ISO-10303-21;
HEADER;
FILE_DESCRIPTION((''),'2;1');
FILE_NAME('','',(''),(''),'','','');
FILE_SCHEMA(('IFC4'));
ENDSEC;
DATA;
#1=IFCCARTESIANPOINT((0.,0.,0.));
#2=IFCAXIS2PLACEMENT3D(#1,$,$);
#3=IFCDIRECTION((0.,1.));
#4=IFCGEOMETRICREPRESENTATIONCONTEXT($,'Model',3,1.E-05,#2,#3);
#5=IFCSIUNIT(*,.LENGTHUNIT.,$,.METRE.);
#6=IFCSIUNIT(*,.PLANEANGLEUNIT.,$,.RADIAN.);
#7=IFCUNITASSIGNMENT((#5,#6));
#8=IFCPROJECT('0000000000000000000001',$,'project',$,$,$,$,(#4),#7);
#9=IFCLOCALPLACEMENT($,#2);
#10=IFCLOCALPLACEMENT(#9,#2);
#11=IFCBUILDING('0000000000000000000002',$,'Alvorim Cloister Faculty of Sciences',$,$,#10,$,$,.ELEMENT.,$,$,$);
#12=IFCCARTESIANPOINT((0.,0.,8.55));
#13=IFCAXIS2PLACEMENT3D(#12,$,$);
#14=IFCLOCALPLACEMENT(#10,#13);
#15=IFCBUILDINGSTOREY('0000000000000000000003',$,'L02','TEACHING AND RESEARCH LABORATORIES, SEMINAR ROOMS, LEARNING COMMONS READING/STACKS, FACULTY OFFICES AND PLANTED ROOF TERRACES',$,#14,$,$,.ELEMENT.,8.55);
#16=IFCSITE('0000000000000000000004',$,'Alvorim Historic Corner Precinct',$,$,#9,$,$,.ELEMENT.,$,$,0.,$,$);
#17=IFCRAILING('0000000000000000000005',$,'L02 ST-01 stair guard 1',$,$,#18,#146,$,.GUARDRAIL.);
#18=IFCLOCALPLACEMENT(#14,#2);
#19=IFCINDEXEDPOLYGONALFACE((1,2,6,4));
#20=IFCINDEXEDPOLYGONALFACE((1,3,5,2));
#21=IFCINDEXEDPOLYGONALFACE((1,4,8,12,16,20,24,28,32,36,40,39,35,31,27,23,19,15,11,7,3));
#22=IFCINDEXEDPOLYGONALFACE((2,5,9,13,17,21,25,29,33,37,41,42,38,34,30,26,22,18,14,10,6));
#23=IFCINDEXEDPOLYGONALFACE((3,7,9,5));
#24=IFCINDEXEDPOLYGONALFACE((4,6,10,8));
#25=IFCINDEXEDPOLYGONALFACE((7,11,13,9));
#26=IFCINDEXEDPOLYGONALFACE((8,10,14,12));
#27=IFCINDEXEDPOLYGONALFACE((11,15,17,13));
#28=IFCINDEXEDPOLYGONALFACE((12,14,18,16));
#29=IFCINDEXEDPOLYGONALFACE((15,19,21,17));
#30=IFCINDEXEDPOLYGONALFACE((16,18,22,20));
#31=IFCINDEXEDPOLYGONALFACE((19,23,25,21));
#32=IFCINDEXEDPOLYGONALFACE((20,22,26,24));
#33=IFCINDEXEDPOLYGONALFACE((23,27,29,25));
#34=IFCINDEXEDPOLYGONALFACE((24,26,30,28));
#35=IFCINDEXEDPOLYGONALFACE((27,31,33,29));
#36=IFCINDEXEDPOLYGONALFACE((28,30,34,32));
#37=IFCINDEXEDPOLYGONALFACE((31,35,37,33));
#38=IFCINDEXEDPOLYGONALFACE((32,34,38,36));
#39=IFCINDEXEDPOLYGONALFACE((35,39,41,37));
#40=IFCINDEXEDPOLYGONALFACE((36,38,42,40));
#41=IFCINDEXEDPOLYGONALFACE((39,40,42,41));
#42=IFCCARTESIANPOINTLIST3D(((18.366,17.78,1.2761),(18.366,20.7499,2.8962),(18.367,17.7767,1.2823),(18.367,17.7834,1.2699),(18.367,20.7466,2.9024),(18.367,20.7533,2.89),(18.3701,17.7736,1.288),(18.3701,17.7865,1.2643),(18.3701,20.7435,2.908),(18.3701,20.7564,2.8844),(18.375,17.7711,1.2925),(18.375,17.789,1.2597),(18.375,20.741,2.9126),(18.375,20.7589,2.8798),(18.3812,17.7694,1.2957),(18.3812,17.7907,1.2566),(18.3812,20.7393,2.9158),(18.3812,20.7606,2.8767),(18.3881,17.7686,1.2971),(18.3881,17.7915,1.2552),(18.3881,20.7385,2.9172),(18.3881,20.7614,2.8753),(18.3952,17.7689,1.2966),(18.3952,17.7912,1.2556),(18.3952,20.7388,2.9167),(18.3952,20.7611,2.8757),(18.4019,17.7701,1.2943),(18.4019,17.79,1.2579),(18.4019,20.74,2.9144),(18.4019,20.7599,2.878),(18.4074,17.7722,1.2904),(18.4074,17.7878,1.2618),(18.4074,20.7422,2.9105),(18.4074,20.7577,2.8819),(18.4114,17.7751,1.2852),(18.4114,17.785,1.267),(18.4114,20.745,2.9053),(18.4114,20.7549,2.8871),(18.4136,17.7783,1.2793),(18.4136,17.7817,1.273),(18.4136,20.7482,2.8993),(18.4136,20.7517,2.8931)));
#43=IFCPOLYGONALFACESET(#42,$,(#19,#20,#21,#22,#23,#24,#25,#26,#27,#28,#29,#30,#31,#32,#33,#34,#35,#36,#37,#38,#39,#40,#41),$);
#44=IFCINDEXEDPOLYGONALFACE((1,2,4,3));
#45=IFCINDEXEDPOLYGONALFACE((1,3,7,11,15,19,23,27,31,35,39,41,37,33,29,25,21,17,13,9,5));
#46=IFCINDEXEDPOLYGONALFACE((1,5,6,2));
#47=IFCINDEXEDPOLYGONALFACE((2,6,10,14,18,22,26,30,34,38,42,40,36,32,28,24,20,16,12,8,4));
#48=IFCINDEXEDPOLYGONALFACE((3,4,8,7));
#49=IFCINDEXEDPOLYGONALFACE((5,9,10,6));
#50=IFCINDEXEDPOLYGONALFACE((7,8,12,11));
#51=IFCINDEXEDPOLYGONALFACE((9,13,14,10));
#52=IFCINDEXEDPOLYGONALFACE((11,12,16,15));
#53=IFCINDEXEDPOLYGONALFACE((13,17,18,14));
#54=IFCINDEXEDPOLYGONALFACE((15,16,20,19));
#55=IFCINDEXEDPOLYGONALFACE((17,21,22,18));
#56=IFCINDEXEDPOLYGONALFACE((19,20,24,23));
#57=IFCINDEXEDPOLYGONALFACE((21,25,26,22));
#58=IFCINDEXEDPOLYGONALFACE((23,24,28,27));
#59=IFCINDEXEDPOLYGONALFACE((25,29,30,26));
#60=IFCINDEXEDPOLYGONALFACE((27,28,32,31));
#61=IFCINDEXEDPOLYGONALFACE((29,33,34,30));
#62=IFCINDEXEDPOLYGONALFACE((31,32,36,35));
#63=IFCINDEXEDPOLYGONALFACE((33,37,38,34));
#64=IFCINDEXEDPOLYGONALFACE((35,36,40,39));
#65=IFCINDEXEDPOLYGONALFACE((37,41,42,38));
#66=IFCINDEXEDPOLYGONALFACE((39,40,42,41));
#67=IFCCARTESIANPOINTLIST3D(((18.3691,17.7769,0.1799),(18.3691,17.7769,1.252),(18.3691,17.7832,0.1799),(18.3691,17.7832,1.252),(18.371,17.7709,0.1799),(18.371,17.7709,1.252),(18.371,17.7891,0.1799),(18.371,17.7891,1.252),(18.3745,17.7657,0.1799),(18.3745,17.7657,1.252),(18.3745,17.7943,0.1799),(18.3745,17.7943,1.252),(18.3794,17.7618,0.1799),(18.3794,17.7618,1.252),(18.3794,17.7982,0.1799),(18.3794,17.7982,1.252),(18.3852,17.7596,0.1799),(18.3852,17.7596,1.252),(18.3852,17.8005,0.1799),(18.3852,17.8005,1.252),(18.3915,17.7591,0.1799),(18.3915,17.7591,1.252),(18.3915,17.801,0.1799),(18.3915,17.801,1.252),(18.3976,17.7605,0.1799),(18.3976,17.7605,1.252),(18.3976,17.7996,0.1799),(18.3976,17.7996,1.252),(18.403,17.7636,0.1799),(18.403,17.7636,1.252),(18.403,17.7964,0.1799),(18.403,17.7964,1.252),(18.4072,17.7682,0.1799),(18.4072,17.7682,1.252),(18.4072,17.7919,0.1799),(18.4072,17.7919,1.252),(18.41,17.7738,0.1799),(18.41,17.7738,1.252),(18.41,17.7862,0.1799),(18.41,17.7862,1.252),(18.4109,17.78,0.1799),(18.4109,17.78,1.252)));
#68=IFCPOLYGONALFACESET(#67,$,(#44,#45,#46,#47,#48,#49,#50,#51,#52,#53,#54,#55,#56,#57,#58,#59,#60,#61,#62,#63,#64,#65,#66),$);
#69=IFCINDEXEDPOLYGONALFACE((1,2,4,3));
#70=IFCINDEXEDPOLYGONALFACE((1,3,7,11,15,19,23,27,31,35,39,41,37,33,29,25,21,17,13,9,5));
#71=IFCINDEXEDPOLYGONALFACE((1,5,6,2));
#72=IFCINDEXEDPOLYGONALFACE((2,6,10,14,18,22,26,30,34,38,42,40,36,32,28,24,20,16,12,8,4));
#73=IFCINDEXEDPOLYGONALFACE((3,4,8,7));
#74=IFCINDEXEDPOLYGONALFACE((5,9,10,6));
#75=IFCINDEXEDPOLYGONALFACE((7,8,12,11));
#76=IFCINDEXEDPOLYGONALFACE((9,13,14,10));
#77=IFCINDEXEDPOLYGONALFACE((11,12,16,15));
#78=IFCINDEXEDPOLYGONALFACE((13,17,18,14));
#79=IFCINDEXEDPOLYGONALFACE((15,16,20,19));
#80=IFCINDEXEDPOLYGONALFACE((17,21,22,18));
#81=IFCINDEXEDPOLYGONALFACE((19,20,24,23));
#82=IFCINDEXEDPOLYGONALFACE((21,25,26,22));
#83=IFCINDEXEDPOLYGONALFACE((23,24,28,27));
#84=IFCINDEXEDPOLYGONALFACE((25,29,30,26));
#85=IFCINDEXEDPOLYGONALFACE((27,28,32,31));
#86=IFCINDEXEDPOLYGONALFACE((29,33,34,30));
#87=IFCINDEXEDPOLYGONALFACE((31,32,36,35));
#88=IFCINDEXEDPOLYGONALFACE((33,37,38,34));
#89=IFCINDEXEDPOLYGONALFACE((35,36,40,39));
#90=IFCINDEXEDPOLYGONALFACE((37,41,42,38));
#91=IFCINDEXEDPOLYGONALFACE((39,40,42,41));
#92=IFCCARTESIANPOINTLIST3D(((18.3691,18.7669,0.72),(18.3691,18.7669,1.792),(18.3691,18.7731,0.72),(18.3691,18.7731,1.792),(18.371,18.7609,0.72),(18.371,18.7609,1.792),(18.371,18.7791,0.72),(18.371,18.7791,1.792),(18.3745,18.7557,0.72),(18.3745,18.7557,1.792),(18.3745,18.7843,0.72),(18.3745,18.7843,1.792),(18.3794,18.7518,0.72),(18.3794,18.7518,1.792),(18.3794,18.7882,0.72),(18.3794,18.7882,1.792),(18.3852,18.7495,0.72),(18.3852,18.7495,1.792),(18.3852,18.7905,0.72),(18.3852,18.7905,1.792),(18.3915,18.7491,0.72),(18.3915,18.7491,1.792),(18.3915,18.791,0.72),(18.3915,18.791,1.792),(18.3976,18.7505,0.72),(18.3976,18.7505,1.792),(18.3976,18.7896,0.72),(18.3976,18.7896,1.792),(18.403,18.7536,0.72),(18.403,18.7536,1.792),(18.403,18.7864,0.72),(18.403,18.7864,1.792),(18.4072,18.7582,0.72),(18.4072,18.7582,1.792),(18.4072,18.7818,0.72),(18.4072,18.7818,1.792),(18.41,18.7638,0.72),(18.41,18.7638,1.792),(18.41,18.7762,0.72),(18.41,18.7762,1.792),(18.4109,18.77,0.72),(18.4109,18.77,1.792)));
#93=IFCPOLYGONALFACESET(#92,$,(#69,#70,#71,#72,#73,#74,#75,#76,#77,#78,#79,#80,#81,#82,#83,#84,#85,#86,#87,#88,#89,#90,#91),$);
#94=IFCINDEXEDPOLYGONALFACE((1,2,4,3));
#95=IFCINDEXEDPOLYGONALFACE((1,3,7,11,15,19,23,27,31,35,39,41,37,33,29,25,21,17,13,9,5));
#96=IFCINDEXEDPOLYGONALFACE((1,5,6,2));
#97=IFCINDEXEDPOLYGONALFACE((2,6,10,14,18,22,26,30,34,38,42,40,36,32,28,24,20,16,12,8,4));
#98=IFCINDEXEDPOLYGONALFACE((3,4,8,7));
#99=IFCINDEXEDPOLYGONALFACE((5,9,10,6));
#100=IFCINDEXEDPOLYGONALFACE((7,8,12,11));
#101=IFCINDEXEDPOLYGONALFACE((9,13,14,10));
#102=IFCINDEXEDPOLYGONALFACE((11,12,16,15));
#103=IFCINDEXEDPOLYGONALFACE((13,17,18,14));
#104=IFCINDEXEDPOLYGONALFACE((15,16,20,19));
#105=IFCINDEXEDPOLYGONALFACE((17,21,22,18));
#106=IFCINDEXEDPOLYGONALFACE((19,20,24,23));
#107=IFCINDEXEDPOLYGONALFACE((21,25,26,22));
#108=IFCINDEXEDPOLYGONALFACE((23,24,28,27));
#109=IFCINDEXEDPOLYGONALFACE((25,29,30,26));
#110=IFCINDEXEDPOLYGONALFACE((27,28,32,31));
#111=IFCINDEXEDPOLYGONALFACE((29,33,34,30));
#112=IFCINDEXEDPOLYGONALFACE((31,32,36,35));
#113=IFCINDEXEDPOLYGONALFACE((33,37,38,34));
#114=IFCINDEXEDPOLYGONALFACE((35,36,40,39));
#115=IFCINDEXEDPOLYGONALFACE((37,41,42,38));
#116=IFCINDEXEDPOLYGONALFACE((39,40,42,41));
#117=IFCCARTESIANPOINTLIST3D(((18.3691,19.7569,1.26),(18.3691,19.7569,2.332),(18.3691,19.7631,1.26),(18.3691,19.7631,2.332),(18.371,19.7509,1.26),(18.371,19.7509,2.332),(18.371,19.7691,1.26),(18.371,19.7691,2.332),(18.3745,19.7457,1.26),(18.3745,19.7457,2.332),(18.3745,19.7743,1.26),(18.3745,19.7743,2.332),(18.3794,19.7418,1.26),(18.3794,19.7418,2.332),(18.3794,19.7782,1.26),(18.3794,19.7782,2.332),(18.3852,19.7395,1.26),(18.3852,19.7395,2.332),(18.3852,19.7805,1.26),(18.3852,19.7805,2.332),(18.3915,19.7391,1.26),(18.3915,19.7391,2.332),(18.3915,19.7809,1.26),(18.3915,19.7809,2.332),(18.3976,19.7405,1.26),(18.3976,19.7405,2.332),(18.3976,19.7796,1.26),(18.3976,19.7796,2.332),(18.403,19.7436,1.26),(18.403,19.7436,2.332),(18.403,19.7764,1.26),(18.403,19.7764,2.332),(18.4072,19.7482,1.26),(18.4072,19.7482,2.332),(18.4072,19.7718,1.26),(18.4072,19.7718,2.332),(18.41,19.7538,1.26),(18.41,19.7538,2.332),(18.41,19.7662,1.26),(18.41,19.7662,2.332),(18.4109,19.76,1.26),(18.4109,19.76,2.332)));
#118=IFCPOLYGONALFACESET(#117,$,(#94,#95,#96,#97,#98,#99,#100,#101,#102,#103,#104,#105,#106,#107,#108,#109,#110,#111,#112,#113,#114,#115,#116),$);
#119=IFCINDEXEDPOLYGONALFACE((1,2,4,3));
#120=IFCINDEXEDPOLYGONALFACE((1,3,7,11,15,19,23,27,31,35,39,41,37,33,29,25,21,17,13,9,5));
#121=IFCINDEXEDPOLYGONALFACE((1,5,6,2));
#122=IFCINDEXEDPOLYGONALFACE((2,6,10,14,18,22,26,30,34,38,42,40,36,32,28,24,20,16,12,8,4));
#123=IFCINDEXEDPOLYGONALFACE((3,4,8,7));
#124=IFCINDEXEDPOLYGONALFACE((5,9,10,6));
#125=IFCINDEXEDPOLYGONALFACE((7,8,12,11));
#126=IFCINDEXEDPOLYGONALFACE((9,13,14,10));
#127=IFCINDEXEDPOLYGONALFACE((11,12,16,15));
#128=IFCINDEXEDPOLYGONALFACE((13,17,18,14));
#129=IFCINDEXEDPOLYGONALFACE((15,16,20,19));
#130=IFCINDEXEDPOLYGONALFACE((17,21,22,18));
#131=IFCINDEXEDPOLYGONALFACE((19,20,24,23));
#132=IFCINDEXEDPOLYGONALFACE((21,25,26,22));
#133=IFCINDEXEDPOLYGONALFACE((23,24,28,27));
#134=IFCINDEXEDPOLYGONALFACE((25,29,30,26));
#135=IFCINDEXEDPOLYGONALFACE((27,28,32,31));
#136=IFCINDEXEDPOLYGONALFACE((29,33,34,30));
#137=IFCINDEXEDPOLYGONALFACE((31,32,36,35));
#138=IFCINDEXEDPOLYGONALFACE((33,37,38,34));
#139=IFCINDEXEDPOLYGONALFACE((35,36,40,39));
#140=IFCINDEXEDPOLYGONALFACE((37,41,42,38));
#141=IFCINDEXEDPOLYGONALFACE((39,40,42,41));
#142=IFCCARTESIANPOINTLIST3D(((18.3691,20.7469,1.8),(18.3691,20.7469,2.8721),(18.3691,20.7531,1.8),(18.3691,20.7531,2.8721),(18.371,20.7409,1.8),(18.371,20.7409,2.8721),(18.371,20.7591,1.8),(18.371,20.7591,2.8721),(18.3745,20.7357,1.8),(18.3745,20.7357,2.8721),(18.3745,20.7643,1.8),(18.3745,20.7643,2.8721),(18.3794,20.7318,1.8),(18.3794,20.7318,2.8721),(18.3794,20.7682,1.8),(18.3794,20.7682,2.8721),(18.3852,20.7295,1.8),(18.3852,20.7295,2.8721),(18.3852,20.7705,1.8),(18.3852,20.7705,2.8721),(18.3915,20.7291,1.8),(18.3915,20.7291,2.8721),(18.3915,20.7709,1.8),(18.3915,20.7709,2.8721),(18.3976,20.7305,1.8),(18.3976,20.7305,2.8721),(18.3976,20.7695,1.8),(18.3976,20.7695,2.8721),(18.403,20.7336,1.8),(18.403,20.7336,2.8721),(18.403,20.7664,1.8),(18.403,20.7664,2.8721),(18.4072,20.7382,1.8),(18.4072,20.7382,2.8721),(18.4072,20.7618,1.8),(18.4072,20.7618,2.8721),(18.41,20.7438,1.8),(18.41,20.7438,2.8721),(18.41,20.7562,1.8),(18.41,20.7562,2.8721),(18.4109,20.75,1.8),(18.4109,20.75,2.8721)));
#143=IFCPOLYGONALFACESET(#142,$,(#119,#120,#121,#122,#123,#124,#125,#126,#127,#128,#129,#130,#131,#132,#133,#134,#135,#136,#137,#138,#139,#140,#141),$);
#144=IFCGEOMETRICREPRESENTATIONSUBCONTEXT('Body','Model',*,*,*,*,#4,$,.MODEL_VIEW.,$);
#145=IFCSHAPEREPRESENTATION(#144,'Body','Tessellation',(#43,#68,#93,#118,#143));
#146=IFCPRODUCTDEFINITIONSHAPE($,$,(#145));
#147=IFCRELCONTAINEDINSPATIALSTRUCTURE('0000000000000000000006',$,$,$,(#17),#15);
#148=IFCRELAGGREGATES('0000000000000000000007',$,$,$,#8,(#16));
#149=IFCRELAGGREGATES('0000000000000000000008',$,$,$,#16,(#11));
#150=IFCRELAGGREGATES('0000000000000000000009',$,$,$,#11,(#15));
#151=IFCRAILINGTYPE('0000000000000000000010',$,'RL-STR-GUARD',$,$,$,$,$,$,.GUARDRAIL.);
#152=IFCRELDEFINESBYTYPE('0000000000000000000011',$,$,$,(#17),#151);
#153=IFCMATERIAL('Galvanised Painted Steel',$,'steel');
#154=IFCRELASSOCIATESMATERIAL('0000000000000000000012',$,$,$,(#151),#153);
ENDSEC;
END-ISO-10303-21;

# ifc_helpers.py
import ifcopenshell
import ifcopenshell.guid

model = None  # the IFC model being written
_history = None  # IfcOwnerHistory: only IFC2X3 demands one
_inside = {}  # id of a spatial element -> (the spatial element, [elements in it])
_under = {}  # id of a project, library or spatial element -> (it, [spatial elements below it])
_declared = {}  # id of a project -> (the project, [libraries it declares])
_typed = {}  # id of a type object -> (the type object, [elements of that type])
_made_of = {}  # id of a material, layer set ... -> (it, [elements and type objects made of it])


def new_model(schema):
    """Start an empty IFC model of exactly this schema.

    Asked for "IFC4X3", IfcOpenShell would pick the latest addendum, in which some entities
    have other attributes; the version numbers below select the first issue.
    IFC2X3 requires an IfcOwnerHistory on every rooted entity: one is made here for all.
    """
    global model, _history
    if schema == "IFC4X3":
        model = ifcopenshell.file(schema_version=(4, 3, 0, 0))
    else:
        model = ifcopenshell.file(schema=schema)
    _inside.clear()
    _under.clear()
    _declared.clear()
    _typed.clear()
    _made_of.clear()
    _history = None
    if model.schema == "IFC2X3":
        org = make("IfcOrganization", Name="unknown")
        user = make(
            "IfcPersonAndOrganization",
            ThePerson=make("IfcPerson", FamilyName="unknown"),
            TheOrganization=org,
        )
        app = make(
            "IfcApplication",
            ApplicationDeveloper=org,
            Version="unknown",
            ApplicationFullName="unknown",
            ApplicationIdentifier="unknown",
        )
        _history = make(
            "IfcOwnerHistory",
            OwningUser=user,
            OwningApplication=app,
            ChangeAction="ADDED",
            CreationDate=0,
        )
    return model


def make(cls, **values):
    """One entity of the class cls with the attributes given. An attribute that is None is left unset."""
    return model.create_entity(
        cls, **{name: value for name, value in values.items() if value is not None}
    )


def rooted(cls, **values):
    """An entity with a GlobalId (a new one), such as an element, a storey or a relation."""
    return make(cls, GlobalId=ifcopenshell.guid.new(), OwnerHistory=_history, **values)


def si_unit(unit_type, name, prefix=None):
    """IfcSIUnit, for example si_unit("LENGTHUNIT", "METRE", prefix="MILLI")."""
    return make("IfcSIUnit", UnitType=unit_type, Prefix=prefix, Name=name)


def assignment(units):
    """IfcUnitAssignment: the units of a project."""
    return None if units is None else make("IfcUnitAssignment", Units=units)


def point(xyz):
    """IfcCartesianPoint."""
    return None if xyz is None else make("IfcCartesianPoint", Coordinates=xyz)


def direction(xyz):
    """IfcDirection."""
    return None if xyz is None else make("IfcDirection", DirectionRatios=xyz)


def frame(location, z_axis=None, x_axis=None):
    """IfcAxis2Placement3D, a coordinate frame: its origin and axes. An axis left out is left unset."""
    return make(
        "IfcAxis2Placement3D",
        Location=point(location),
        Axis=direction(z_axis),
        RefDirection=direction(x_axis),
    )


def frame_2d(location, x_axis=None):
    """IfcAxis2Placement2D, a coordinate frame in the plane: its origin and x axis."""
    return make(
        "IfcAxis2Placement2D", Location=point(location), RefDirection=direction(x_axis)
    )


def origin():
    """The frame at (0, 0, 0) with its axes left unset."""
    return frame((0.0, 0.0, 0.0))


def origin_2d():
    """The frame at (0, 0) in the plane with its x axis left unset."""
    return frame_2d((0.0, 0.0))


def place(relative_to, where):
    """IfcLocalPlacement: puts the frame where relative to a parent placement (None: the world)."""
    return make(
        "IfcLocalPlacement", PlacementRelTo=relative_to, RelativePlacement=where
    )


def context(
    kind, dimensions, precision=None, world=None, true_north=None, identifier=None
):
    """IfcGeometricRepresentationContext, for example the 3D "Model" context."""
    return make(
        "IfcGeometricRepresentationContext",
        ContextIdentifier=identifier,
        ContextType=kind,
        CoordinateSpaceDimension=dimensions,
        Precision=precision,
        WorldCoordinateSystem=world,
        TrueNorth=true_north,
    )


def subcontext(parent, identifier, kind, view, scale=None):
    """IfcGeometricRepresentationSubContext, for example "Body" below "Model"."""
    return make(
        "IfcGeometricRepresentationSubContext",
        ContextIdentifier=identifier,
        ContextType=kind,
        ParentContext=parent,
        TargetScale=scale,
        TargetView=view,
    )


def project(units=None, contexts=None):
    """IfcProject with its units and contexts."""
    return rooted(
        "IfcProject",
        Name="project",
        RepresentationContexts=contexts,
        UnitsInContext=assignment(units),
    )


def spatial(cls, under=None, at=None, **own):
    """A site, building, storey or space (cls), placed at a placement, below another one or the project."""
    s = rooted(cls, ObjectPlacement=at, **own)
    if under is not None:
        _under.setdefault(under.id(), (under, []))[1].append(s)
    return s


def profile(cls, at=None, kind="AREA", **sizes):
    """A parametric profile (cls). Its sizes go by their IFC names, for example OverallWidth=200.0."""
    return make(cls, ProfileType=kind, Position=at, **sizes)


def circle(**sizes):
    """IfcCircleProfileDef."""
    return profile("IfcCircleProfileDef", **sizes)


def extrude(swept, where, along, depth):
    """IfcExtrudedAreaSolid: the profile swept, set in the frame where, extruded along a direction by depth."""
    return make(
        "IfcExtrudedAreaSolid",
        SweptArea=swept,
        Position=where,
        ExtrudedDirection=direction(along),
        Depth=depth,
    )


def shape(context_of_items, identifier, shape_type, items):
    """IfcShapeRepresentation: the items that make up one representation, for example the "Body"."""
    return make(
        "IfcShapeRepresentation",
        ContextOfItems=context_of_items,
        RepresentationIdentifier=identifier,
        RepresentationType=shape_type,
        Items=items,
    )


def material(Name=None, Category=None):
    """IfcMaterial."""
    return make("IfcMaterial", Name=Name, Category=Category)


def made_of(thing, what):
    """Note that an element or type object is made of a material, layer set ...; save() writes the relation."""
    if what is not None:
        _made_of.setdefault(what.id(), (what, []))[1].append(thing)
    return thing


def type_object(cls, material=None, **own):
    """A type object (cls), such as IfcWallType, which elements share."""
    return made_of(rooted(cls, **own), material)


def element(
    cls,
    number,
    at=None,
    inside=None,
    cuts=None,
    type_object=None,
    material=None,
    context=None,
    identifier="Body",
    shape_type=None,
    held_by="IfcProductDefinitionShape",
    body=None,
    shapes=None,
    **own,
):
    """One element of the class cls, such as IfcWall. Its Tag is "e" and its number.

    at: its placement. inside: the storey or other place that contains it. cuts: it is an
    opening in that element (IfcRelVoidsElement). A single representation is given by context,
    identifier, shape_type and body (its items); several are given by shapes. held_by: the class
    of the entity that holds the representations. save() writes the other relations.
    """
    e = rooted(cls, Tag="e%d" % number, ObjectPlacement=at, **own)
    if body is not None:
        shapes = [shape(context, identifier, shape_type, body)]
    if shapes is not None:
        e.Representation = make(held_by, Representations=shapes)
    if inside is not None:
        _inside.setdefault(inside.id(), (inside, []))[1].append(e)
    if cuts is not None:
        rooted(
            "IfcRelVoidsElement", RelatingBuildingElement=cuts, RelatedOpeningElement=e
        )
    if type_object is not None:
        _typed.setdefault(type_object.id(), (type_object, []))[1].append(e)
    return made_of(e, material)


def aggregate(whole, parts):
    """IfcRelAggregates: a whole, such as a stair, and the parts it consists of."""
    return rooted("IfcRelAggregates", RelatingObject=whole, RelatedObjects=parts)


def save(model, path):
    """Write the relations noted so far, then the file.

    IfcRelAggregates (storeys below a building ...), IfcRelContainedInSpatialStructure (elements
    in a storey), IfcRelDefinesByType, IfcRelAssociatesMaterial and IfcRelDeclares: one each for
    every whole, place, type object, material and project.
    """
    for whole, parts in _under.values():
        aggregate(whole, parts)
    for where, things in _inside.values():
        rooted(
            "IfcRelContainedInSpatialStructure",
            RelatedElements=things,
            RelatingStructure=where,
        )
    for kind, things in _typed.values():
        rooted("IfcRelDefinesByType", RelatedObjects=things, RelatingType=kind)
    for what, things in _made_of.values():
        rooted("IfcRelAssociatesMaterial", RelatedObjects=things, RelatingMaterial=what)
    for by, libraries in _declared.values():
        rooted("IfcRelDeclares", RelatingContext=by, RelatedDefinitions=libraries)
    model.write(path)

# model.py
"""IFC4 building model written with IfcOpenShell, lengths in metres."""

from ifc_helpers import new_model, si_unit, direction, frame, origin, origin_2d, place, context, subcontext, project, spatial, circle, extrude, material, type_object, element, save


model = new_model("IFC4")

# Units and contexts
model_context = context("Model", 3, precision=1e-05, world=origin(), true_north=direction((0.0, 1.0)))
body_context = subcontext(model_context, "Body", "Model", "MODEL_VIEW")
ifc_project = project(units=[si_unit("LENGTHUNIT", "METRE"), si_unit("PLANEANGLEUNIT", "RADIAN")], contexts=[model_context])

# Site, building, storey
site_placement = place(None, origin())
site = spatial("IfcSite", under=ifc_project, at=site_placement, Name="Alvorim Historic Corner Precinct", CompositionType="ELEMENT", RefElevation=0.0)
building_placement = place(site_placement, origin())
building = spatial("IfcBuilding", under=site, at=building_placement, Name="Alvorim Cloister Faculty of Sciences", CompositionType="ELEMENT")
storey_placement = place(building_placement, frame((0.0, 0.0, 8.55)))
storey = spatial("IfcBuildingStorey", under=building, at=storey_placement, Name="L02", Description="TEACHING AND RESEARCH LABORATORIES, SEMINAR ROOMS, LEARNING COMMONS READING/STACKS, FACULTY OFFICES AND PLANTED ROOF TERRACES", CompositionType="ELEMENT", Elevation=8.55)

# Railing
ifc_material_1 = material(Name="Galvanised Painted Steel", Category="steel")
railing_type_1 = type_object("IfcRailingType", Name="RL-STR-GUARD", PredefinedType="GUARDRAIL", material=ifc_material_1)
railing_1_placement = place(storey_placement, frame((18.3899, 17.78, 0.1799)))
element("IfcRailing", 1, at=railing_1_placement, inside=storey, type_object=railing_type_1, Name="L02 ST-01 stair guard 1", PredefinedType="GUARDRAIL", context=body_context, shape_type="SweptSolid", body=[
    extrude(circle(Radius=0.0239, at=origin_2d()), frame((0.0, 0.0, 1.0962), z_axis=(0.0, 0.877879, 0.478882), x_axis=(-1.0, 0.0, 0.0)), (0.0, 0.0, 1.0), 3.3831),
    extrude(circle(Radius=0.021, at=origin_2d()), origin(), (0.0, 0.0, 1.0), 1.072),
    extrude(circle(Radius=0.021, at=origin_2d()), frame((0.0, 0.99, 0.54)), (0.0, 0.0, 1.0), 1.072),
    extrude(circle(Radius=0.021, at=origin_2d()), frame((0.0, 1.98, 1.0801)), (0.0, 0.0, 1.0), 1.072),
    extrude(circle(Radius=0.021, at=origin_2d()), frame((0.0, 2.97, 1.6201)), (0.0, 0.0, 1.0), 1.072),
])

save(model, "model.ifc")
